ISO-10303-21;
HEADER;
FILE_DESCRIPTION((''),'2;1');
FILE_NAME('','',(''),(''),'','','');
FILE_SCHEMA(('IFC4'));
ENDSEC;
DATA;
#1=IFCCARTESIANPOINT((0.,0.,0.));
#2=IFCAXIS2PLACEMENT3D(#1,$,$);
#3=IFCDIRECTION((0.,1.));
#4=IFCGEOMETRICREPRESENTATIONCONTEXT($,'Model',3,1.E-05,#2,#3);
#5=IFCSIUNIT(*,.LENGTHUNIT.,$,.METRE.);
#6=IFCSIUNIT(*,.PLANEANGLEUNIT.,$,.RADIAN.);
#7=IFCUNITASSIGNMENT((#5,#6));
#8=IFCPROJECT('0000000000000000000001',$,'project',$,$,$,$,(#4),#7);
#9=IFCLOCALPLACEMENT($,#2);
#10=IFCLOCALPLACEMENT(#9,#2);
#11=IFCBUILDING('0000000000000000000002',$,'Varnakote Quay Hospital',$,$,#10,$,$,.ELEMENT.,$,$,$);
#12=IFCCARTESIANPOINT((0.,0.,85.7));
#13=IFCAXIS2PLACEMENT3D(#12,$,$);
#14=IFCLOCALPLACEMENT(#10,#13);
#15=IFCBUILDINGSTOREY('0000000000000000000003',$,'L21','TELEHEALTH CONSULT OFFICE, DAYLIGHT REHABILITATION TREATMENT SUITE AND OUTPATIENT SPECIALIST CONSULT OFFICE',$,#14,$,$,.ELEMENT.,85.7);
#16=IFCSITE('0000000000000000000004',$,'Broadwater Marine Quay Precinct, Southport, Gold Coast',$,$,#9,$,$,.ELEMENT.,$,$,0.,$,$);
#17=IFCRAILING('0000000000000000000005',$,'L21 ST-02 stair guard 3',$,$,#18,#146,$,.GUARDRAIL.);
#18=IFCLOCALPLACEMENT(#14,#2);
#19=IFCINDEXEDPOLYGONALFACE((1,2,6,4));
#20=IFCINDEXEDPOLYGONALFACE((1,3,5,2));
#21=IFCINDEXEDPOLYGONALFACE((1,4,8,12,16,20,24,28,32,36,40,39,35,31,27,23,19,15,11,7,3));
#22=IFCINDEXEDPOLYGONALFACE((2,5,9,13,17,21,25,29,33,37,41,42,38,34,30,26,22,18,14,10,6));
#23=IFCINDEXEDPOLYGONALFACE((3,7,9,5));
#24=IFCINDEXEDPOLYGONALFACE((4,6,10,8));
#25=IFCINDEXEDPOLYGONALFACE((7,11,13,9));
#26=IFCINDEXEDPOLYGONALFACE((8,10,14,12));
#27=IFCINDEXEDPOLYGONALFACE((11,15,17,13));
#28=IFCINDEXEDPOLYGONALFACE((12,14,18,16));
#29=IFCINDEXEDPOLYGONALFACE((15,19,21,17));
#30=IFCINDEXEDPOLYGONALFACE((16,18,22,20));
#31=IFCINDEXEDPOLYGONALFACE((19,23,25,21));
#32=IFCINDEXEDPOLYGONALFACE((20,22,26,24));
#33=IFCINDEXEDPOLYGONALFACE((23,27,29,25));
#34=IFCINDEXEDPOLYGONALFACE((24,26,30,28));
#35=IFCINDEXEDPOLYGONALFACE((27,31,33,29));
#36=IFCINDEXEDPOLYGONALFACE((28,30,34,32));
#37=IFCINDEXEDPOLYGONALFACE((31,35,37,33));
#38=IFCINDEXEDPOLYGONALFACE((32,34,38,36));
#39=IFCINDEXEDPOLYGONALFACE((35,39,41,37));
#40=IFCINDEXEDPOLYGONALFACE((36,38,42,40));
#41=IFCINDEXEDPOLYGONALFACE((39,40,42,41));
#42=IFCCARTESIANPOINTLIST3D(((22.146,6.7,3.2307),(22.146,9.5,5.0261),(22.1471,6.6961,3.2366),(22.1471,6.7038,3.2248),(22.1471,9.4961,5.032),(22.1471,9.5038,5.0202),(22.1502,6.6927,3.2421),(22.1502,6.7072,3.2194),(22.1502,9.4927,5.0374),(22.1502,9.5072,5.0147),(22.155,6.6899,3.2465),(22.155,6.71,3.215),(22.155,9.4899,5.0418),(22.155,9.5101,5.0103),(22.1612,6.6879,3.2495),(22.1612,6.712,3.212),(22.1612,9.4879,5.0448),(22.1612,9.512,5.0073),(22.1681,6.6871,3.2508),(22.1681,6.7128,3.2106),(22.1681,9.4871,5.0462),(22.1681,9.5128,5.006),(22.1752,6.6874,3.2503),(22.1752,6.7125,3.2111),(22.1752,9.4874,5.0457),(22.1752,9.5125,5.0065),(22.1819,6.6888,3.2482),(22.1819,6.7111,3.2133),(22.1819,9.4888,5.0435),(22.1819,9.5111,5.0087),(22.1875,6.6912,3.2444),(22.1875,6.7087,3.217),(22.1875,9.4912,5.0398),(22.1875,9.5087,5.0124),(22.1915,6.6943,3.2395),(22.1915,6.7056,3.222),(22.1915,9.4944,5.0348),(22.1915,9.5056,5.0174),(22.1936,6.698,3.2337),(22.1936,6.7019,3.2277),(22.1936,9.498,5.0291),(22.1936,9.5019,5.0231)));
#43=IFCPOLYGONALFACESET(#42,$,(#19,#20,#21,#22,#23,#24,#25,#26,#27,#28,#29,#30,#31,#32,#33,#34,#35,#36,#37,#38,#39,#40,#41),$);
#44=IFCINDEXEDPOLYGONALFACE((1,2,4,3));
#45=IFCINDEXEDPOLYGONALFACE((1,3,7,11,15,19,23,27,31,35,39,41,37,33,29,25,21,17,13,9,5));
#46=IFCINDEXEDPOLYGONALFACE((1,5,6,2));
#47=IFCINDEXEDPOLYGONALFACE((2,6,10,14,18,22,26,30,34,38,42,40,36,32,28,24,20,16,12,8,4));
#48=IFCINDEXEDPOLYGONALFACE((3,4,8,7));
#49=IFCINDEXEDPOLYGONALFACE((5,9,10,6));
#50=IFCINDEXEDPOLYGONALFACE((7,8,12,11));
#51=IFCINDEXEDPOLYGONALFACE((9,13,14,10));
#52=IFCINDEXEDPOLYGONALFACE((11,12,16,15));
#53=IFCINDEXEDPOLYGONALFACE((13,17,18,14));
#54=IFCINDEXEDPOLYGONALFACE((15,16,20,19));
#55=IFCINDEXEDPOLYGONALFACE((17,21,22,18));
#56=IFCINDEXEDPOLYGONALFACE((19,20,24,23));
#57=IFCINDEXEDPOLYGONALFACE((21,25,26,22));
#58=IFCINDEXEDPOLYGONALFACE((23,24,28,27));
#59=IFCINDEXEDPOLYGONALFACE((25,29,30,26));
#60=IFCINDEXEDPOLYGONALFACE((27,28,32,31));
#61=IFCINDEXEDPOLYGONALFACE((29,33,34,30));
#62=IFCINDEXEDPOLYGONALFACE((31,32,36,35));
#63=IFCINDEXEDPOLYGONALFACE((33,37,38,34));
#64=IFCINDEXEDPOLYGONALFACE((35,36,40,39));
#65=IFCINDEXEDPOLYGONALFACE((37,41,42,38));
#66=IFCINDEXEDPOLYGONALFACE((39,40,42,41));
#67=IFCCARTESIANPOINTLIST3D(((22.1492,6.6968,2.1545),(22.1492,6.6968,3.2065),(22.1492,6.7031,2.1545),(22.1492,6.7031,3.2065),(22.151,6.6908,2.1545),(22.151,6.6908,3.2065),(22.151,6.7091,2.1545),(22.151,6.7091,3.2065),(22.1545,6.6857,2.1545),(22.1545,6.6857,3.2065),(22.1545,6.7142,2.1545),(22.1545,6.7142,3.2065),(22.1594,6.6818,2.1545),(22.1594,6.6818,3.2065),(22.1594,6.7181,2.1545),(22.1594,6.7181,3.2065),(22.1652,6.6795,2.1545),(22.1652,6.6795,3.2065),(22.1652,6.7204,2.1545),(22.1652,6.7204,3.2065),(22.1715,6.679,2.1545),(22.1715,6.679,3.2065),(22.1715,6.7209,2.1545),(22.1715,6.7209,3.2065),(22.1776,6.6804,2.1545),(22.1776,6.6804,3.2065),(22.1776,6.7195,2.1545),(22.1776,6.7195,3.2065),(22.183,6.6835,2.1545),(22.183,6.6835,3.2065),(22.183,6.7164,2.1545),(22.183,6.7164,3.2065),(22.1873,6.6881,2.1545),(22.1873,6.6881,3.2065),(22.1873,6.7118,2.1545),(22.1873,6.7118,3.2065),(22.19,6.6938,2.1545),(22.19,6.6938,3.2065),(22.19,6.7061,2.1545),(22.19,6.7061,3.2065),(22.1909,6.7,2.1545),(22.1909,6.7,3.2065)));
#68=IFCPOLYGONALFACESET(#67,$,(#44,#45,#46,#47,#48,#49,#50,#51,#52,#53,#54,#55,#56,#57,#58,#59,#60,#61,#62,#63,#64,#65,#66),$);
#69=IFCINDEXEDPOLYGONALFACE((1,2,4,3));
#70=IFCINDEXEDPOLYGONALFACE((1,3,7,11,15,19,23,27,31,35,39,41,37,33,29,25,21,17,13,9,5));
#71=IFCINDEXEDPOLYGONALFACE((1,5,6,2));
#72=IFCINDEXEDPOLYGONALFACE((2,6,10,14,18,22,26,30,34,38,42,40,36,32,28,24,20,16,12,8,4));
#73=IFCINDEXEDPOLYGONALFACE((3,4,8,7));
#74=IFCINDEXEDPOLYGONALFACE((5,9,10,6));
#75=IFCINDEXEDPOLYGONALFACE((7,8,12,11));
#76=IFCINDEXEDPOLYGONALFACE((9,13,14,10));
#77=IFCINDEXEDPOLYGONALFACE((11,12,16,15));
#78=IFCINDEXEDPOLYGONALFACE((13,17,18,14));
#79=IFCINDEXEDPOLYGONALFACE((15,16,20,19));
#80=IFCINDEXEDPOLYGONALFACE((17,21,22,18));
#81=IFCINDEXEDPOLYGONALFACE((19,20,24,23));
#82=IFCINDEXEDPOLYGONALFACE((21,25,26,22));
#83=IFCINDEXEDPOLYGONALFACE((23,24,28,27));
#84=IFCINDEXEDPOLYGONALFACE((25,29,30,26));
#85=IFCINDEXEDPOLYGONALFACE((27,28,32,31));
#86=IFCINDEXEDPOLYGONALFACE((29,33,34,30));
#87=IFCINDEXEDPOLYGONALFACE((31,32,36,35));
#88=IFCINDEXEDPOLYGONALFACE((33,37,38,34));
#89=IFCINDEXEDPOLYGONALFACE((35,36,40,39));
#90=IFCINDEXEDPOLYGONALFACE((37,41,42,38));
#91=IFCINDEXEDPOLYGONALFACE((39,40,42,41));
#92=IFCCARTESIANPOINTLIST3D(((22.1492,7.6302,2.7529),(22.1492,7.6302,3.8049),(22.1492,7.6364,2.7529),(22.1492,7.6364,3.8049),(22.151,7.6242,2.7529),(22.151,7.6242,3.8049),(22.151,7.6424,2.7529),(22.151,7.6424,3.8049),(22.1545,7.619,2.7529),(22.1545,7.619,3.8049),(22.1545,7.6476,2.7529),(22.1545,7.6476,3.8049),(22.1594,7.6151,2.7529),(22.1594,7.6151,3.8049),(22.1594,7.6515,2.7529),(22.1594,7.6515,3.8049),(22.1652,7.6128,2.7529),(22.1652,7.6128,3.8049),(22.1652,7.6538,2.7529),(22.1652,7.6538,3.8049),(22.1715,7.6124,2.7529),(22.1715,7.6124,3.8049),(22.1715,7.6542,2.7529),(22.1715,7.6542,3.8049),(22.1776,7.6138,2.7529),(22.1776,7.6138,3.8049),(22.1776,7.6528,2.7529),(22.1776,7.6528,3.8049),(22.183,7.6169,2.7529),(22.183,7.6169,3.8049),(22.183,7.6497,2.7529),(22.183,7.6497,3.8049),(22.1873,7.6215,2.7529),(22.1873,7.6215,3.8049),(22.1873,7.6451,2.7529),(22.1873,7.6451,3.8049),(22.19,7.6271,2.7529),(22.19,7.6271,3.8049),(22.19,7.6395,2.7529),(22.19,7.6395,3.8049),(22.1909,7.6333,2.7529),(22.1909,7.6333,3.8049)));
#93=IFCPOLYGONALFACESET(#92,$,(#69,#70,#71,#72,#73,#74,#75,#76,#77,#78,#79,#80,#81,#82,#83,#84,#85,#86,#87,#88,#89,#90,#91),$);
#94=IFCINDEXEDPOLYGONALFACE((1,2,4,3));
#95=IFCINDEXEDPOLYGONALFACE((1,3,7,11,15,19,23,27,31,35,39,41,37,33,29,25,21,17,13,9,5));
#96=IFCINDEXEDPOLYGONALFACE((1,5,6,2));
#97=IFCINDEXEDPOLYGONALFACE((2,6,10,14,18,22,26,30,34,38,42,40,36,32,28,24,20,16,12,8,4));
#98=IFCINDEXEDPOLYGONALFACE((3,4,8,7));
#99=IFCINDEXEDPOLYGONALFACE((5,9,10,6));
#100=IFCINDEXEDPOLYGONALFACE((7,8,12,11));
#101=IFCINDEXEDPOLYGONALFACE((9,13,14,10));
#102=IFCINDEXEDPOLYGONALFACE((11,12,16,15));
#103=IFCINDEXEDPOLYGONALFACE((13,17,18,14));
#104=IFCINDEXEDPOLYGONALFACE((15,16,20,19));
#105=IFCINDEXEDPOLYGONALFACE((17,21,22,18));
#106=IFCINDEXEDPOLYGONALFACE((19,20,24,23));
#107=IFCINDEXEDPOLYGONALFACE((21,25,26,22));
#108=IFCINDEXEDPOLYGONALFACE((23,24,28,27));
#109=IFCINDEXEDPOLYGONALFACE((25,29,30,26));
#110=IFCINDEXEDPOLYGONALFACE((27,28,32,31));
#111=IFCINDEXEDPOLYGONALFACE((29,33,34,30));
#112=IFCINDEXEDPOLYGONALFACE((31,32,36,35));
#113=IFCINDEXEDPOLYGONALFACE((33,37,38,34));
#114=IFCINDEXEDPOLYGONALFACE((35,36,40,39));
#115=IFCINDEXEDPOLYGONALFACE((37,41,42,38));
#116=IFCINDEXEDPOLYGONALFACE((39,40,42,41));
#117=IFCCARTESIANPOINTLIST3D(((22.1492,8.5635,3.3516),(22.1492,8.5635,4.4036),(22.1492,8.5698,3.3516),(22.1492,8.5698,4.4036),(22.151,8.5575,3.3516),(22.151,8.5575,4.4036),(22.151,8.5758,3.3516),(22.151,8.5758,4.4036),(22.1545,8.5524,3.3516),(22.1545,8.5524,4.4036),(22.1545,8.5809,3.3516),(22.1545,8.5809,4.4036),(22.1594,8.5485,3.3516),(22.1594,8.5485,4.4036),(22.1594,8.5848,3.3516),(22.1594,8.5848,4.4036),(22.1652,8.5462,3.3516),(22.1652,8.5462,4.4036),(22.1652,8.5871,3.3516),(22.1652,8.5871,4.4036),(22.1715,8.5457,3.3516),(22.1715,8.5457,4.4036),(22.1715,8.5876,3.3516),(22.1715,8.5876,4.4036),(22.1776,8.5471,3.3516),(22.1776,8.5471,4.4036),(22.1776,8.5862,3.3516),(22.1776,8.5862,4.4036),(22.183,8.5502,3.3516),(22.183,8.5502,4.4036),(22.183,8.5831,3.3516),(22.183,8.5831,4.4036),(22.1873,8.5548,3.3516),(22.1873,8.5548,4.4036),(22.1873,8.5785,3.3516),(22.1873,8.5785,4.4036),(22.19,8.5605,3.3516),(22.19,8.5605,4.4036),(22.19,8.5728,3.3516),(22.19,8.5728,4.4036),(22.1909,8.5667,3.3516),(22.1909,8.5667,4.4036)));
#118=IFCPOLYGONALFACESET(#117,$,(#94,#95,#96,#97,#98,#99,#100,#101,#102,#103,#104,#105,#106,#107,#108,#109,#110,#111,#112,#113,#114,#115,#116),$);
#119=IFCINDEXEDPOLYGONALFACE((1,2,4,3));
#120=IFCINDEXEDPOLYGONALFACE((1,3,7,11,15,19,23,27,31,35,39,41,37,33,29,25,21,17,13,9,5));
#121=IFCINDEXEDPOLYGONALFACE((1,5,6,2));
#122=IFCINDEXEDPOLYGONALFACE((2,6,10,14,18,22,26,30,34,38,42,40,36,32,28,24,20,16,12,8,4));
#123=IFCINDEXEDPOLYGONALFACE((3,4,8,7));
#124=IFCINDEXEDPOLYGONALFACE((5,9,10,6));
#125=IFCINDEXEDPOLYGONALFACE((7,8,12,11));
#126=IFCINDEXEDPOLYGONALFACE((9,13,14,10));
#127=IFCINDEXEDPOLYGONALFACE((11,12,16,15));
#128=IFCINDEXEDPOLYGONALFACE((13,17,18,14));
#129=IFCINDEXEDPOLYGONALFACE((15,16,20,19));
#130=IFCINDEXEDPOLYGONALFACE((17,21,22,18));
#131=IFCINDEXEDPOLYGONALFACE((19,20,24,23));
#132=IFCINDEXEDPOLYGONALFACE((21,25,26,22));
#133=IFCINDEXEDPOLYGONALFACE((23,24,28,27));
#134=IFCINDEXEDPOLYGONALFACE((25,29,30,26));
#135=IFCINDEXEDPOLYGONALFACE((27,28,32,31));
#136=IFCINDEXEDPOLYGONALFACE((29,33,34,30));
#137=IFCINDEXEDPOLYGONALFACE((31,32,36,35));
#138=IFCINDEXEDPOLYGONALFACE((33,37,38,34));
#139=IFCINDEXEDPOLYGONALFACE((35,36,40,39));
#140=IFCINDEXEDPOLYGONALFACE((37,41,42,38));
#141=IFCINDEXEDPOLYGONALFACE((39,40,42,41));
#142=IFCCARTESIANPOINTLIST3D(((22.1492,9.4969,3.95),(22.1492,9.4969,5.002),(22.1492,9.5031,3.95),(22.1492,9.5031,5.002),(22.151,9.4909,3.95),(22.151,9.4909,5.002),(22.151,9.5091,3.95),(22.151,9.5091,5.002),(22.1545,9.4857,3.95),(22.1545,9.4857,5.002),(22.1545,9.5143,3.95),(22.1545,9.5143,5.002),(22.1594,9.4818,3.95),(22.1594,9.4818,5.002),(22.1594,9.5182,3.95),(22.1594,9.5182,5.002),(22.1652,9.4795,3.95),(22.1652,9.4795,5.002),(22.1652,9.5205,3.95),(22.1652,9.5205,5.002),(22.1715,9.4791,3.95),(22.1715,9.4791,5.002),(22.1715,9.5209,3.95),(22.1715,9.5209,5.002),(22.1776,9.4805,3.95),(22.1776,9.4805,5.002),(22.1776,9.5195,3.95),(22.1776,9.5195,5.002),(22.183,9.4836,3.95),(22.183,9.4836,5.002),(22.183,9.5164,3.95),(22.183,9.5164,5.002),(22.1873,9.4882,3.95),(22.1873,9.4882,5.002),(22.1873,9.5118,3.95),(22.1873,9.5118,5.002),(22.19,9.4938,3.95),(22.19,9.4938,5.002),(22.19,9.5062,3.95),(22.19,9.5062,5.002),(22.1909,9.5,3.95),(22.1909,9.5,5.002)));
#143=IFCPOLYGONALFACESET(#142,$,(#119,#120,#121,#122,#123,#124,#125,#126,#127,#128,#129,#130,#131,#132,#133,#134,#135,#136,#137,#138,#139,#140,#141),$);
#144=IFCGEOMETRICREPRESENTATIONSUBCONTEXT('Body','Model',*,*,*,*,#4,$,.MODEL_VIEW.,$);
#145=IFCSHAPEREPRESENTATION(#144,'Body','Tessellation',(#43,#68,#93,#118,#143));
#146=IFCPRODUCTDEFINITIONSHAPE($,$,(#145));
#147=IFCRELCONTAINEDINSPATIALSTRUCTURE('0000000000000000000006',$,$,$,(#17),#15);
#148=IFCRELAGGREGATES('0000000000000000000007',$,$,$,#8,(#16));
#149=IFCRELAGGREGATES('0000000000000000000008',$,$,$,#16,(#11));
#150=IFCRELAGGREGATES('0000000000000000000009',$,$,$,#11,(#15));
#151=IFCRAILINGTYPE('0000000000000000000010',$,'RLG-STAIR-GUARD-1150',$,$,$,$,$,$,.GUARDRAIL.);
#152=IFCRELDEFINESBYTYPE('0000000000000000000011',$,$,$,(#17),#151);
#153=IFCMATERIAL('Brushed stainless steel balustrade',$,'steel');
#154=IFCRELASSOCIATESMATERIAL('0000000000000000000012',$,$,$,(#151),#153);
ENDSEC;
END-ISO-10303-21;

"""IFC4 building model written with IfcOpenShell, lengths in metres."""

from ifc_helpers import new_model, si_unit, direction, frame, origin, origin_2d, place, context, subcontext, project, spatial, circle, extrude, material, type_object, element, save


model = new_model("IFC4")

# Units and contexts
model_context = context("Model", 3, precision=1e-05, world=origin(), true_north=direction((0.0, 1.0)))
body_context = subcontext(model_context, "Body", "Model", "MODEL_VIEW")
ifc_project = project(units=[si_unit("LENGTHUNIT", "METRE"), si_unit("PLANEANGLEUNIT", "RADIAN")], contexts=[model_context])

# Site, building, storey
site_placement = place(None, origin())
site = spatial("IfcSite", under=ifc_project, at=site_placement, Name="Broadwater Marine Quay Precinct, Southport, Gold Coast", CompositionType="ELEMENT", RefElevation=0.0)
building_placement = place(site_placement, origin())
building = spatial("IfcBuilding", under=site, at=building_placement, Name="Varnakote Quay Hospital", CompositionType="ELEMENT")
storey_placement = place(building_placement, frame((0.0, 0.0, 85.7)))
storey = spatial("IfcBuildingStorey", under=building, at=storey_placement, Name="L21", Description="TELEHEALTH CONSULT OFFICE, DAYLIGHT REHABILITATION TREATMENT SUITE AND OUTPATIENT SPECIALIST CONSULT OFFICE", CompositionType="ELEMENT", Elevation=85.7)

# Railing
ifc_material_1 = material(Name="Brushed stainless steel balustrade", Category="steel")
railing_type_1 = type_object("IfcRailingType", Name="RLG-STAIR-GUARD-1150", PredefinedType="GUARDRAIL", material=ifc_material_1)
railing_1_placement = place(storey_placement, frame((22.1699, 6.7, 2.1545)))
element("IfcRailing", 1, at=railing_1_placement, inside=storey, type_object=railing_type_1, Name="L21 ST-02 stair guard 3", PredefinedType="GUARDRAIL", context=body_context, shape_type="SweptSolid", body=[
    extrude(circle(Radius=0.0239, at=origin_2d()), frame((0.0, 0.0, 1.0762), z_axis=(0.0, 0.84181, 0.539774), x_axis=(-1.0, 0.0, 0.0)), (0.0, 0.0, 1.0), 3.3262),
    extrude(circle(Radius=0.021, at=origin_2d()), origin(), (0.0, 0.0, 1.0), 1.052),
    extrude(circle(Radius=0.021, at=origin_2d()), frame((0.0, 0.9333, 0.5984)), (0.0, 0.0, 1.0), 1.052),
    extrude(circle(Radius=0.021, at=origin_2d()), frame((0.0, 1.8667, 1.197)), (0.0, 0.0, 1.0), 1.052),
    extrude(circle(Radius=0.021, at=origin_2d()), frame((0.0, 2.8, 1.7954)), (0.0, 0.0, 1.0), 1.052),
])

save(model, "model.ifc")
